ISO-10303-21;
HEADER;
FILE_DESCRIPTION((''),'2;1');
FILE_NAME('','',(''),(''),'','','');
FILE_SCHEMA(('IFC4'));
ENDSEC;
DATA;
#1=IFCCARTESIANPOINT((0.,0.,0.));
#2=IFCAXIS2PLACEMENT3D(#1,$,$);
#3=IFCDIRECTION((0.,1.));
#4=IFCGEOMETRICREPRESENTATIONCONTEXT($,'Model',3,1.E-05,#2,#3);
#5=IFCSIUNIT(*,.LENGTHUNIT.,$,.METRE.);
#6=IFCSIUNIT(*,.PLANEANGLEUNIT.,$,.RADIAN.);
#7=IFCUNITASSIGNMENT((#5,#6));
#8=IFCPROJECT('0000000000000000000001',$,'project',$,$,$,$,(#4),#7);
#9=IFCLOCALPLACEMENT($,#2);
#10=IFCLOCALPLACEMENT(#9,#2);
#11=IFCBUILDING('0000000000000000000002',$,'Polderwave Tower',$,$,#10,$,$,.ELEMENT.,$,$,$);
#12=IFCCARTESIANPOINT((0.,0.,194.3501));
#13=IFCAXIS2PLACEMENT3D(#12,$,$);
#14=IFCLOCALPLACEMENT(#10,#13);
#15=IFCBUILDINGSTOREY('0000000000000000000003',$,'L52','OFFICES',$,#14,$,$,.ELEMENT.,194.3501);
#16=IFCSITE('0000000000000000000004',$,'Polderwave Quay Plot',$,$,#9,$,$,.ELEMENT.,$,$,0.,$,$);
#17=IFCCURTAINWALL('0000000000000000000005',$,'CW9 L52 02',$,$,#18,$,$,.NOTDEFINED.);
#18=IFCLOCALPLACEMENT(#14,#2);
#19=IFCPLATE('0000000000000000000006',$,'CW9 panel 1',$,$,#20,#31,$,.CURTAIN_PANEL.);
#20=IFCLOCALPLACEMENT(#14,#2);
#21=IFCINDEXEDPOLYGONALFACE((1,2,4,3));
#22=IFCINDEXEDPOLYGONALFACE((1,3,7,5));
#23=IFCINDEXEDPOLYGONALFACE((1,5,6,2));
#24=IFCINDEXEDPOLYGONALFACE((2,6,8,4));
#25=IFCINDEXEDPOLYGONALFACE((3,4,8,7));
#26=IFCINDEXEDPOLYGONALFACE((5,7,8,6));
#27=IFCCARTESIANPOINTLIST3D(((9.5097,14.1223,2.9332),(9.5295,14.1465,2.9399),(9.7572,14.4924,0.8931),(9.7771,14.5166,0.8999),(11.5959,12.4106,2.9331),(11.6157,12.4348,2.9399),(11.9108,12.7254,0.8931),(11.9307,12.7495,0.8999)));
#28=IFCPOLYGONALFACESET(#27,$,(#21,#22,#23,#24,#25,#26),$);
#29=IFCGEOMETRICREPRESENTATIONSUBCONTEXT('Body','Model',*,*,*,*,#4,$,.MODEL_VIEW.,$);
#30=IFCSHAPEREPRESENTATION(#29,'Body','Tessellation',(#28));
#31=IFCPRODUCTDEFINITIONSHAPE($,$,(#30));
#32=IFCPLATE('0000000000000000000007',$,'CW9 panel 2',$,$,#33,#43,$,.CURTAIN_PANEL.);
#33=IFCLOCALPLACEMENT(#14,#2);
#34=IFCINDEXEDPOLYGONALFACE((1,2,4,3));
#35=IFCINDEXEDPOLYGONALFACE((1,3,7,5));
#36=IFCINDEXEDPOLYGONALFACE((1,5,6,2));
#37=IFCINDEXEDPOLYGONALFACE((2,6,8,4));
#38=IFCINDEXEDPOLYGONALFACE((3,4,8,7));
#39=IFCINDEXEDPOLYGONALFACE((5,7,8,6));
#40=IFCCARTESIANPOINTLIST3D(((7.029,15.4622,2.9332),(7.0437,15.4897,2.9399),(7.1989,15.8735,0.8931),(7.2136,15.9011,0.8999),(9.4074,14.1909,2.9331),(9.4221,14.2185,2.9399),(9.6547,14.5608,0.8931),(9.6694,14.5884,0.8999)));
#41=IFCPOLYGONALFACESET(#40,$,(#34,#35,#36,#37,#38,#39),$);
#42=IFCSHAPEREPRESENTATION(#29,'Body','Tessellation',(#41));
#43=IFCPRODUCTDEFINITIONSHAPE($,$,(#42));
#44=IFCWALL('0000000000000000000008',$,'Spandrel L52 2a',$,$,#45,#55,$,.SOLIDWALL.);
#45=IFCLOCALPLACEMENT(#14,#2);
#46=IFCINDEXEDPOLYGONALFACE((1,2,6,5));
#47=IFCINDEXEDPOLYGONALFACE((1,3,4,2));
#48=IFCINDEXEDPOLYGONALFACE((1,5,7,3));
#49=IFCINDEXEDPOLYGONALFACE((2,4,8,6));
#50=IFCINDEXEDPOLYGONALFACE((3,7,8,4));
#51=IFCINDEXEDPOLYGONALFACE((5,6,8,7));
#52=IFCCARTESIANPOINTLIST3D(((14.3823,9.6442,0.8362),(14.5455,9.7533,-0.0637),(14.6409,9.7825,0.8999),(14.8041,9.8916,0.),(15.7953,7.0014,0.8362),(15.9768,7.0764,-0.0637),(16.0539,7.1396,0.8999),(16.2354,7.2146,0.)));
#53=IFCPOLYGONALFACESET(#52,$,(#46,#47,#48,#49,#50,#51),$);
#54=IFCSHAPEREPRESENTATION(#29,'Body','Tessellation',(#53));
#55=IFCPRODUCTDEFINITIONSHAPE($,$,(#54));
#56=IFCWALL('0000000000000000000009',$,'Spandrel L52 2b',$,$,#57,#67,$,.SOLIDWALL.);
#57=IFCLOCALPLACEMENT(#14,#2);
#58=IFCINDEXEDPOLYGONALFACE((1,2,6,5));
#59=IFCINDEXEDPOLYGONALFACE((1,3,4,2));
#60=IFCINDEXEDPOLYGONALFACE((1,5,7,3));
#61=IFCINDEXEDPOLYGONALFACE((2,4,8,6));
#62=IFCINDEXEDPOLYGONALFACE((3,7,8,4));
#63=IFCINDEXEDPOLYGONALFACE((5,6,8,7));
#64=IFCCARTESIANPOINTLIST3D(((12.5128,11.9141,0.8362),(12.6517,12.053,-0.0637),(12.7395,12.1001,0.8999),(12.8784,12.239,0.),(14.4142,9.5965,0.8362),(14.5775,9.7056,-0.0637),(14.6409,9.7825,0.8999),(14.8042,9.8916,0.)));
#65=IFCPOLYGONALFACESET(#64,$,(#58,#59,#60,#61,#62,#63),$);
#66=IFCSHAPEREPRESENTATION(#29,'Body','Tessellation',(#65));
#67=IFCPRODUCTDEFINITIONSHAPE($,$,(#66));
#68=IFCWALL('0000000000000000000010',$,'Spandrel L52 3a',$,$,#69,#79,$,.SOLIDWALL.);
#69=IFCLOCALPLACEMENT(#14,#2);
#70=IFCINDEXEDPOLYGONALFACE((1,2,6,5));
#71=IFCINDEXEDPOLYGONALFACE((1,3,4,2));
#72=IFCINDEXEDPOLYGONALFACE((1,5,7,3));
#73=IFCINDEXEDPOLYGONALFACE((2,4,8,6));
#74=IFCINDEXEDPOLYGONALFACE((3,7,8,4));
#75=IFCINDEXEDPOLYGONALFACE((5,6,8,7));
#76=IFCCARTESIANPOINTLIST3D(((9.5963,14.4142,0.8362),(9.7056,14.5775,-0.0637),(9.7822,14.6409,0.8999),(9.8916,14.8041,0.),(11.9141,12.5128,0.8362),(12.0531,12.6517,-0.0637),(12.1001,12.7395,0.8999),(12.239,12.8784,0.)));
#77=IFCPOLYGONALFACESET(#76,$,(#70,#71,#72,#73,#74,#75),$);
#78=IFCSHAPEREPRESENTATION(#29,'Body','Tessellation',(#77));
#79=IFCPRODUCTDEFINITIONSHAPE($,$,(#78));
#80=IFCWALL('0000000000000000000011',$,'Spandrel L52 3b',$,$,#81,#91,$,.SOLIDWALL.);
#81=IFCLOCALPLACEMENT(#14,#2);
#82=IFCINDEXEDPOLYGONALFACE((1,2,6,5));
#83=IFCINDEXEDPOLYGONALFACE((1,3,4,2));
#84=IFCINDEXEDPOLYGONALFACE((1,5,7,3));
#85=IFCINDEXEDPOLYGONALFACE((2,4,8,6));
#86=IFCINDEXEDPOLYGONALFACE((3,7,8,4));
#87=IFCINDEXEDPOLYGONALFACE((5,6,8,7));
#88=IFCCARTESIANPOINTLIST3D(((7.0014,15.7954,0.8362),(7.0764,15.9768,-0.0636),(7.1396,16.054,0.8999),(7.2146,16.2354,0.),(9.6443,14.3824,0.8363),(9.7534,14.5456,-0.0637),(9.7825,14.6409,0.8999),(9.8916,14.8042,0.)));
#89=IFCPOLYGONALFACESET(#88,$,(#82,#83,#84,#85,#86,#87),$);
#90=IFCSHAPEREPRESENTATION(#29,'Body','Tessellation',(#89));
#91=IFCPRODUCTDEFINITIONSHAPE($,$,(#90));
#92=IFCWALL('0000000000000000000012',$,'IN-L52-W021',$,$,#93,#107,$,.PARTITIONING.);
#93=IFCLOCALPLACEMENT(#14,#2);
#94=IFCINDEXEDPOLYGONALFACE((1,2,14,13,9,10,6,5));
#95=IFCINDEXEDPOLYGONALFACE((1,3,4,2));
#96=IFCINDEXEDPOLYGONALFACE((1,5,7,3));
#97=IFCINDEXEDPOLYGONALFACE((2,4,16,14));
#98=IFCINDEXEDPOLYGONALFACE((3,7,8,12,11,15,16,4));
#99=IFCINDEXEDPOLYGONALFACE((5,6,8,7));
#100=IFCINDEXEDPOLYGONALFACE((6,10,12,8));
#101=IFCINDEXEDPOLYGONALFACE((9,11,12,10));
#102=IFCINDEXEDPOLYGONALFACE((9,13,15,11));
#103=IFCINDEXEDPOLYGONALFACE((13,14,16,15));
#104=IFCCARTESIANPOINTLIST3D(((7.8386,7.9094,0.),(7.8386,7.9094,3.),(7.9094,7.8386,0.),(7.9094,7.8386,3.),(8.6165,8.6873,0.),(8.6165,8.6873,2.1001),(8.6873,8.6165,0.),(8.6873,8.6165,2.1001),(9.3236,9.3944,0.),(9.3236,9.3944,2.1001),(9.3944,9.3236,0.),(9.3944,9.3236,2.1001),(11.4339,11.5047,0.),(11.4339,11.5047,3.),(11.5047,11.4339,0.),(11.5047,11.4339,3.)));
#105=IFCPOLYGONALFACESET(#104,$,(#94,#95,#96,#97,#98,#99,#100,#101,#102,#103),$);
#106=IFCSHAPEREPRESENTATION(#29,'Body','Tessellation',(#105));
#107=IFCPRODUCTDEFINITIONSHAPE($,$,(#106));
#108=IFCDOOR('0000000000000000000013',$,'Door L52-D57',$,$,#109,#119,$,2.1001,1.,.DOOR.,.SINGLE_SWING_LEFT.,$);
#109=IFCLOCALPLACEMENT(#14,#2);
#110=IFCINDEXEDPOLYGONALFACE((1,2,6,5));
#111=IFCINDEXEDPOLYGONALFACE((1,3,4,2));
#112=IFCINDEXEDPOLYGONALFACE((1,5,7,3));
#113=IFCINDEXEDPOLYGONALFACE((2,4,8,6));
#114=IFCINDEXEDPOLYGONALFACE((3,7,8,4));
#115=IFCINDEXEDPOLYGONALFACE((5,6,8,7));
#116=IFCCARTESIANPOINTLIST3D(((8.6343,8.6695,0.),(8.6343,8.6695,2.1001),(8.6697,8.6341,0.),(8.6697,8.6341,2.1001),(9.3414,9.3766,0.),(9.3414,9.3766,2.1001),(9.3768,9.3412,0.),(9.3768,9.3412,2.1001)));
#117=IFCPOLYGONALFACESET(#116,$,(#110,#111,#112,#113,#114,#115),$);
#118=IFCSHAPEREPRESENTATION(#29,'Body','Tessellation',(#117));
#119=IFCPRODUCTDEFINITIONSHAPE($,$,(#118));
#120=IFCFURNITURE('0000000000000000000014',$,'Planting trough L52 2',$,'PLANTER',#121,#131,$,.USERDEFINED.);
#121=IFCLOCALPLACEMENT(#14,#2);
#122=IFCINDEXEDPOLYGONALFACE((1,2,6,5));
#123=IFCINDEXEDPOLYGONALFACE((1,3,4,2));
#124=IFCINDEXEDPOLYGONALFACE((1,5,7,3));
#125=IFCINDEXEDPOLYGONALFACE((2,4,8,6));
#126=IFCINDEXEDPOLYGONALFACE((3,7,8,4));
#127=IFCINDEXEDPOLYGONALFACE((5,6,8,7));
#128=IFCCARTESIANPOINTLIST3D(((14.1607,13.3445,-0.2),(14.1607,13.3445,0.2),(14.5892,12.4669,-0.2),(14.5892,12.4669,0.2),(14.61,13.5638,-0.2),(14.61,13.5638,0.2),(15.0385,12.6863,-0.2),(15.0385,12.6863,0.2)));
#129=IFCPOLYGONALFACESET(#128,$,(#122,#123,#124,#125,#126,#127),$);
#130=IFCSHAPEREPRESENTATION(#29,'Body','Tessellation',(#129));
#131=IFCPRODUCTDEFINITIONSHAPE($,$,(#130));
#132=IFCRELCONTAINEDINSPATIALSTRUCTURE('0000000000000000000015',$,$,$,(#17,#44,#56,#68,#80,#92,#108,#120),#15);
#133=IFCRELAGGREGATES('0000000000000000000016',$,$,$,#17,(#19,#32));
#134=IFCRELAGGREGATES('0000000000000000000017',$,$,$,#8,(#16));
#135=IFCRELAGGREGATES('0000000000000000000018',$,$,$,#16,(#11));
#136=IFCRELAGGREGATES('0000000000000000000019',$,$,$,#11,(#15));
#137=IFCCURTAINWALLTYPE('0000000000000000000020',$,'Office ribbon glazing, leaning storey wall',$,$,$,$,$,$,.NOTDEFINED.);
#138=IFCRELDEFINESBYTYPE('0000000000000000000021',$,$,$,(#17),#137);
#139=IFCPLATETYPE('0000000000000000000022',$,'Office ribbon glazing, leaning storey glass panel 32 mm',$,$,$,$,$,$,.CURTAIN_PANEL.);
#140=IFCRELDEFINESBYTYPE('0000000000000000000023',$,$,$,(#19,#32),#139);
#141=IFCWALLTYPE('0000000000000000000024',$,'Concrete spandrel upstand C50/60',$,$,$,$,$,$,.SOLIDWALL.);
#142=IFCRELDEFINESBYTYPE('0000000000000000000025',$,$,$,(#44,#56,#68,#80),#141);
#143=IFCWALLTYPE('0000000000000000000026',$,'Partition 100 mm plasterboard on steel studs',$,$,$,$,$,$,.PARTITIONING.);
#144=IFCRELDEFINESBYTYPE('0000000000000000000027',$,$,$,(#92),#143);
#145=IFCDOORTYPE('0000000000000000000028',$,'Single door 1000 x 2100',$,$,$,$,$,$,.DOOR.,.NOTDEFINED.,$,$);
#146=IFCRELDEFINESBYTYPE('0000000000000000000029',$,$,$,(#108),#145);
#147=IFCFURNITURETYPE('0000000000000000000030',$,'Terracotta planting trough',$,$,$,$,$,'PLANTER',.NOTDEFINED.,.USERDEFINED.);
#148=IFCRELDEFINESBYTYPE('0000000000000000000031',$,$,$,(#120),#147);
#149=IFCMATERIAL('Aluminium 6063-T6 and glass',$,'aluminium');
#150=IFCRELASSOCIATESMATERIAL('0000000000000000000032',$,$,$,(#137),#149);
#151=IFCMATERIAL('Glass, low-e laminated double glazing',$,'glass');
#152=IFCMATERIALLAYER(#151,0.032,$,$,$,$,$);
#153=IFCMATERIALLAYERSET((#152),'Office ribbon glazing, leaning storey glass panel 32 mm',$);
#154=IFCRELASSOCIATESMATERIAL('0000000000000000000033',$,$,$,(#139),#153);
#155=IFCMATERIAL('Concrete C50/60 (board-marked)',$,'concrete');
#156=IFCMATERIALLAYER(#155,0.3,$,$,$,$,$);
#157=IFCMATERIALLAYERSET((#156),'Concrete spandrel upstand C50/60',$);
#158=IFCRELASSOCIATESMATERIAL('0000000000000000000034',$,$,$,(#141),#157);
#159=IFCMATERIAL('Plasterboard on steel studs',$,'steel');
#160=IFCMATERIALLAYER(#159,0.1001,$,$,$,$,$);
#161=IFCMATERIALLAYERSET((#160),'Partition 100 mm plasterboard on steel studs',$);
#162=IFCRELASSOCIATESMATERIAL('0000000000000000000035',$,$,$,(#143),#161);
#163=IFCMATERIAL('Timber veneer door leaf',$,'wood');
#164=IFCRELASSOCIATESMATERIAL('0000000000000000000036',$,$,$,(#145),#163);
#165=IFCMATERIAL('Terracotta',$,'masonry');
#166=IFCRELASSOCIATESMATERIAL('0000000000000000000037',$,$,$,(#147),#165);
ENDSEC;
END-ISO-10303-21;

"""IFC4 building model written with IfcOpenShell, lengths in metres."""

from ifc_helpers import new_model, si_unit, direction, frame, frame_2d, origin, origin_2d, place, context, subcontext, project, spatial, polyline, rectangle, outline, extrude, material, layer, layer_set, type_object, element, fill, aggregate, save


model = new_model("IFC4")

# Units and contexts
model_context = context("Model", 3, precision=1e-05, world=origin(), true_north=direction((0.0, 1.0)))
body_context = subcontext(model_context, "Body", "Model", "MODEL_VIEW")
ifc_project = project(units=[si_unit("LENGTHUNIT", "METRE"), si_unit("PLANEANGLEUNIT", "RADIAN")], contexts=[model_context])

# Site, building, storey
site_placement = place(None, origin())
site = spatial("IfcSite", under=ifc_project, at=site_placement, Name="Polderwave Quay Plot", CompositionType="ELEMENT", RefElevation=0.0)
building_placement = place(site_placement, origin())
building = spatial("IfcBuilding", under=site, at=building_placement, Name="Polderwave Tower", CompositionType="ELEMENT")
storey_placement = place(building_placement, frame((0.0, 0.0, 194.3501)))
storey = spatial("IfcBuildingStorey", under=building, at=storey_placement, Name="L52", Description="OFFICES", CompositionType="ELEMENT", Elevation=194.3501)

# Curtain wall
ifc_material_1 = material(Name="Aluminium 6063-T6 and glass", Category="aluminium")
curtain_wall_type = type_object("IfcCurtainWallType", Name="Office ribbon glazing, leaning storey wall", PredefinedType="NOTDEFINED", material=ifc_material_1)
curtain_wall_1_placement = place(storey_placement, origin())
curtain_wall_1 = element("IfcCurtainWall", 1, at=curtain_wall_1_placement, inside=storey, type_object=curtain_wall_type, Name="CW9 L52 02", PredefinedType="NOTDEFINED")

# Plates
ifc_material_2 = material(Name="Glass, low-e laminated double glazing", Category="glass")
ifc_layer_1 = layer(ifc_material_2, 0.032)
ifc_layer_set_1 = layer_set([ifc_layer_1], Name="Office ribbon glazing, leaning storey glass panel 32 mm")
plate_type = type_object("IfcPlateType", Name="Office ribbon glazing, leaning storey glass panel 32 mm", PredefinedType="CURTAIN_PANEL", material=ifc_layer_set_1)
plate_1_placement = place(storey_placement, frame((11.9307, 12.7495, 0.8999), z_axis=(0.619862, 0.755459, 0.212256), x_axis=(-0.773073, 0.634317, -0.000004)))
plate_1 = element("IfcPlate", 2, at=plate_1_placement, type_object=plate_type, Name="CW9 panel 1", PredefinedType="CURTAIN_PANEL", context=body_context, shape_type="SweptSolid", body=[
    extrude(outline(polyline([(0.0, 0.0), (2.7858, 0.0), (2.7424, 2.0876), (0.0438, 2.0876), (0.0, 0.0)])), origin(), (0.0, 0.0, -1.0), 0.032),
])
plate_2_placement = place(storey_placement, frame((9.6694, 14.5884, 0.8999), z_axis=(0.460673, 0.861846, 0.212135), x_axis=(-0.881918, 0.471403, -0.000004)))
plate_2 = element("IfcPlate", 3, at=plate_2_placement, type_object=plate_type, Name="CW9 panel 2", PredefinedType="CURTAIN_PANEL", context=body_context, shape_type="SweptSolid", body=[
    extrude(outline(polyline([(0.0, 0.0), (2.7847, 0.0), (2.7406, 2.0876), (0.0437, 2.0875), (0.0, 0.0)])), origin(), (0.0, 0.0, -1.0), 0.032),
])
aggregate(curtain_wall_1, [plate_1, plate_2])

# Walls
ifc_material_3 = material(Name="Concrete C50/60 (board-marked)", Category="concrete")
ifc_layer_2 = layer(ifc_material_3, 0.3)
ifc_layer_set_2 = layer_set([ifc_layer_2], Name="Concrete spandrel upstand C50/60")
wall_type_1 = type_object("IfcWallType", Name="Concrete spandrel upstand C50/60", PredefinedType="SOLIDWALL", material=ifc_layer_set_2)
wall_1_placement = place(storey_placement, frame((16.2354, 7.2146, 0.0), z_axis=(0.861789, 0.460755, 0.212189), x_axis=(-0.47149, 0.881871, -0.000006)))
element("IfcWall", 4, at=wall_1_placement, inside=storey, type_object=wall_type_1, Name="Spandrel L52 2a", PredefinedType="SOLIDWALL", context=body_context, shape_type="SweptSolid", body=[
    extrude(outline(polyline([(0.0, 0.0), (3.0355, 0.0), (3.0163, 0.9209), (0.0194, 0.9209), (0.0, 0.0)])), origin(), (0.0, 0.0, -1.0), 0.3),
])
wall_2_placement = place(storey_placement, frame((14.8042, 9.8916, 0.0), z_axis=(0.755498, 0.619802, 0.212293), x_axis=(-0.634259, 0.77312, -0.000001)))
element("IfcWall", 5, at=wall_2_placement, inside=storey, type_object=wall_type_1, Name="Spandrel L52 2b", PredefinedType="SOLIDWALL", context=body_context, shape_type="SweptSolid", body=[
    extrude(outline(polyline([(0.0, 0.0), (3.0363, 0.0), (3.017, 0.9209), (0.0192, 0.9209), (0.0, 0.0)])), origin(), (0.0, 0.0, -1.0), 0.3),
])
wall_3_placement = place(storey_placement, frame((12.239, 12.8784, 0.0), z_axis=(0.619772, 0.7555, 0.212373), x_axis=(-0.773136, 0.634241, -0.000005)))
element("IfcWall", 6, at=wall_3_placement, inside=storey, type_object=wall_type_1, Name="Spandrel L52 3a", PredefinedType="SOLIDWALL", context=body_context, shape_type="SweptSolid", body=[
    extrude(outline(polyline([(0.0, 0.0), (3.0363, 0.0), (3.0172, 0.9209), (0.0193, 0.9209), (0.0, 0.0)])), origin(), (0.0, 0.0, -1.0), 0.3),
])
wall_4_placement = place(storey_placement, frame((9.8916, 14.8042, 0.0), z_axis=(0.460755, 0.861789, 0.212189), x_axis=(-0.881871, 0.47149, 0.000006)))
element("IfcWall", 7, at=wall_4_placement, inside=storey, type_object=wall_type_1, Name="Spandrel L52 3b", PredefinedType="SOLIDWALL", context=body_context, shape_type="SweptSolid", body=[
    extrude(outline(polyline([(0.0, 0.0), (3.0355, 0.0), (3.0161, 0.9209), (0.0192, 0.9209), (0.0, 0.0)])), origin(), (0.0, 0.0, -1.0), 0.3),
])

# Wall, opening, door
ifc_material_4 = material(Name="Plasterboard on steel studs", Category="steel")
ifc_layer_3 = layer(ifc_material_4, 0.1001)
ifc_layer_set_3 = layer_set([ifc_layer_3], Name="Partition 100 mm plasterboard on steel studs")
wall_type_2 = type_object("IfcWallType", Name="Partition 100 mm plasterboard on steel studs", PredefinedType="PARTITIONING", material=ifc_layer_set_3)
wall_5_placement = place(storey_placement, frame((7.874, 7.874, 0.0), z_axis=(0.0, 0.0, 1.0), x_axis=(0.707107, 0.707107, 0.0)))
wall_5 = element("IfcWall", 8, at=wall_5_placement, inside=storey, type_object=wall_type_2, Name="IN-L52-W021", PredefinedType="PARTITIONING", context=body_context, shape_type="SweptSolid", body=[
    extrude(rectangle(XDim=5.0845, YDim=0.1001, at=frame_2d((2.5422, 0.0))), origin(), (0.0, 0.0, 1.0), 3.0),
])
opening_placement = place(wall_5_placement, frame((1.1001, 0.0, 0.0)))
opening = element("IfcOpeningElement", 9, at=opening_placement, cuts=wall_5, PredefinedType="OPENING", context=body_context, shape_type="SweptSolid", body=[
    extrude(rectangle(XDim=1.0, YDim=2.1001, at=frame_2d((0.5, 1.05))), frame((0.0, 0.0601, 0.0), z_axis=(0.0, -1.0, 0.0), x_axis=(1.0, 0.0, 0.0)), (0.0, 0.0, 1.0), 0.1201),
])
ifc_material_5 = material(Name="Timber veneer door leaf", Category="wood")
door_type = type_object("IfcDoorType", Name="Single door 1000 x 2100", OperationType="NOTDEFINED", PredefinedType="DOOR", material=ifc_material_5)
door_placement = place(opening_placement, origin())
door = element("IfcDoor", 10, at=door_placement, inside=storey, type_object=door_type, Name="Door L52-D57", OperationType="SINGLE_SWING_LEFT", OverallHeight=2.1001, OverallWidth=1.0, PredefinedType="DOOR", context=body_context, shape_type="SweptSolid", body=[
    extrude(rectangle(XDim=1.0, YDim=2.1001, at=frame_2d((0.5, 1.05))), frame((0.0, 0.0249, 0.0), z_axis=(0.0, -1.0, 0.0), x_axis=(1.0, 0.0, 0.0)), (0.0, 0.0, 1.0), 0.05),
])
fill(opening, door)

# Furniture
ifc_material_6 = material(Name="Terracotta", Category="masonry")
furniture_type = type_object("IfcFurnitureType", Name="Terracotta planting trough", ElementType="PLANTER", AssemblyPlace="NOTDEFINED", PredefinedType="USERDEFINED", material=ifc_material_6)
furniture_placement = place(storey_placement, frame((14.5996, 13.0154, -0.2), z_axis=(0.0, 0.0, 1.0), x_axis=(-0.43873, 0.898619, 0.0)))
element("IfcFurniture", 11, at=furniture_placement, inside=storey, type_object=furniture_type, Name="Planting trough L52 2", ObjectType="PLANTER", PredefinedType="USERDEFINED", context=body_context, shape_type="SweptSolid", body=[
    extrude(rectangle(XDim=0.9766, YDim=0.5, at=origin_2d()), origin(), (0.0, 0.0, 1.0), 0.3999),
])

save(model, "model.ifc")
